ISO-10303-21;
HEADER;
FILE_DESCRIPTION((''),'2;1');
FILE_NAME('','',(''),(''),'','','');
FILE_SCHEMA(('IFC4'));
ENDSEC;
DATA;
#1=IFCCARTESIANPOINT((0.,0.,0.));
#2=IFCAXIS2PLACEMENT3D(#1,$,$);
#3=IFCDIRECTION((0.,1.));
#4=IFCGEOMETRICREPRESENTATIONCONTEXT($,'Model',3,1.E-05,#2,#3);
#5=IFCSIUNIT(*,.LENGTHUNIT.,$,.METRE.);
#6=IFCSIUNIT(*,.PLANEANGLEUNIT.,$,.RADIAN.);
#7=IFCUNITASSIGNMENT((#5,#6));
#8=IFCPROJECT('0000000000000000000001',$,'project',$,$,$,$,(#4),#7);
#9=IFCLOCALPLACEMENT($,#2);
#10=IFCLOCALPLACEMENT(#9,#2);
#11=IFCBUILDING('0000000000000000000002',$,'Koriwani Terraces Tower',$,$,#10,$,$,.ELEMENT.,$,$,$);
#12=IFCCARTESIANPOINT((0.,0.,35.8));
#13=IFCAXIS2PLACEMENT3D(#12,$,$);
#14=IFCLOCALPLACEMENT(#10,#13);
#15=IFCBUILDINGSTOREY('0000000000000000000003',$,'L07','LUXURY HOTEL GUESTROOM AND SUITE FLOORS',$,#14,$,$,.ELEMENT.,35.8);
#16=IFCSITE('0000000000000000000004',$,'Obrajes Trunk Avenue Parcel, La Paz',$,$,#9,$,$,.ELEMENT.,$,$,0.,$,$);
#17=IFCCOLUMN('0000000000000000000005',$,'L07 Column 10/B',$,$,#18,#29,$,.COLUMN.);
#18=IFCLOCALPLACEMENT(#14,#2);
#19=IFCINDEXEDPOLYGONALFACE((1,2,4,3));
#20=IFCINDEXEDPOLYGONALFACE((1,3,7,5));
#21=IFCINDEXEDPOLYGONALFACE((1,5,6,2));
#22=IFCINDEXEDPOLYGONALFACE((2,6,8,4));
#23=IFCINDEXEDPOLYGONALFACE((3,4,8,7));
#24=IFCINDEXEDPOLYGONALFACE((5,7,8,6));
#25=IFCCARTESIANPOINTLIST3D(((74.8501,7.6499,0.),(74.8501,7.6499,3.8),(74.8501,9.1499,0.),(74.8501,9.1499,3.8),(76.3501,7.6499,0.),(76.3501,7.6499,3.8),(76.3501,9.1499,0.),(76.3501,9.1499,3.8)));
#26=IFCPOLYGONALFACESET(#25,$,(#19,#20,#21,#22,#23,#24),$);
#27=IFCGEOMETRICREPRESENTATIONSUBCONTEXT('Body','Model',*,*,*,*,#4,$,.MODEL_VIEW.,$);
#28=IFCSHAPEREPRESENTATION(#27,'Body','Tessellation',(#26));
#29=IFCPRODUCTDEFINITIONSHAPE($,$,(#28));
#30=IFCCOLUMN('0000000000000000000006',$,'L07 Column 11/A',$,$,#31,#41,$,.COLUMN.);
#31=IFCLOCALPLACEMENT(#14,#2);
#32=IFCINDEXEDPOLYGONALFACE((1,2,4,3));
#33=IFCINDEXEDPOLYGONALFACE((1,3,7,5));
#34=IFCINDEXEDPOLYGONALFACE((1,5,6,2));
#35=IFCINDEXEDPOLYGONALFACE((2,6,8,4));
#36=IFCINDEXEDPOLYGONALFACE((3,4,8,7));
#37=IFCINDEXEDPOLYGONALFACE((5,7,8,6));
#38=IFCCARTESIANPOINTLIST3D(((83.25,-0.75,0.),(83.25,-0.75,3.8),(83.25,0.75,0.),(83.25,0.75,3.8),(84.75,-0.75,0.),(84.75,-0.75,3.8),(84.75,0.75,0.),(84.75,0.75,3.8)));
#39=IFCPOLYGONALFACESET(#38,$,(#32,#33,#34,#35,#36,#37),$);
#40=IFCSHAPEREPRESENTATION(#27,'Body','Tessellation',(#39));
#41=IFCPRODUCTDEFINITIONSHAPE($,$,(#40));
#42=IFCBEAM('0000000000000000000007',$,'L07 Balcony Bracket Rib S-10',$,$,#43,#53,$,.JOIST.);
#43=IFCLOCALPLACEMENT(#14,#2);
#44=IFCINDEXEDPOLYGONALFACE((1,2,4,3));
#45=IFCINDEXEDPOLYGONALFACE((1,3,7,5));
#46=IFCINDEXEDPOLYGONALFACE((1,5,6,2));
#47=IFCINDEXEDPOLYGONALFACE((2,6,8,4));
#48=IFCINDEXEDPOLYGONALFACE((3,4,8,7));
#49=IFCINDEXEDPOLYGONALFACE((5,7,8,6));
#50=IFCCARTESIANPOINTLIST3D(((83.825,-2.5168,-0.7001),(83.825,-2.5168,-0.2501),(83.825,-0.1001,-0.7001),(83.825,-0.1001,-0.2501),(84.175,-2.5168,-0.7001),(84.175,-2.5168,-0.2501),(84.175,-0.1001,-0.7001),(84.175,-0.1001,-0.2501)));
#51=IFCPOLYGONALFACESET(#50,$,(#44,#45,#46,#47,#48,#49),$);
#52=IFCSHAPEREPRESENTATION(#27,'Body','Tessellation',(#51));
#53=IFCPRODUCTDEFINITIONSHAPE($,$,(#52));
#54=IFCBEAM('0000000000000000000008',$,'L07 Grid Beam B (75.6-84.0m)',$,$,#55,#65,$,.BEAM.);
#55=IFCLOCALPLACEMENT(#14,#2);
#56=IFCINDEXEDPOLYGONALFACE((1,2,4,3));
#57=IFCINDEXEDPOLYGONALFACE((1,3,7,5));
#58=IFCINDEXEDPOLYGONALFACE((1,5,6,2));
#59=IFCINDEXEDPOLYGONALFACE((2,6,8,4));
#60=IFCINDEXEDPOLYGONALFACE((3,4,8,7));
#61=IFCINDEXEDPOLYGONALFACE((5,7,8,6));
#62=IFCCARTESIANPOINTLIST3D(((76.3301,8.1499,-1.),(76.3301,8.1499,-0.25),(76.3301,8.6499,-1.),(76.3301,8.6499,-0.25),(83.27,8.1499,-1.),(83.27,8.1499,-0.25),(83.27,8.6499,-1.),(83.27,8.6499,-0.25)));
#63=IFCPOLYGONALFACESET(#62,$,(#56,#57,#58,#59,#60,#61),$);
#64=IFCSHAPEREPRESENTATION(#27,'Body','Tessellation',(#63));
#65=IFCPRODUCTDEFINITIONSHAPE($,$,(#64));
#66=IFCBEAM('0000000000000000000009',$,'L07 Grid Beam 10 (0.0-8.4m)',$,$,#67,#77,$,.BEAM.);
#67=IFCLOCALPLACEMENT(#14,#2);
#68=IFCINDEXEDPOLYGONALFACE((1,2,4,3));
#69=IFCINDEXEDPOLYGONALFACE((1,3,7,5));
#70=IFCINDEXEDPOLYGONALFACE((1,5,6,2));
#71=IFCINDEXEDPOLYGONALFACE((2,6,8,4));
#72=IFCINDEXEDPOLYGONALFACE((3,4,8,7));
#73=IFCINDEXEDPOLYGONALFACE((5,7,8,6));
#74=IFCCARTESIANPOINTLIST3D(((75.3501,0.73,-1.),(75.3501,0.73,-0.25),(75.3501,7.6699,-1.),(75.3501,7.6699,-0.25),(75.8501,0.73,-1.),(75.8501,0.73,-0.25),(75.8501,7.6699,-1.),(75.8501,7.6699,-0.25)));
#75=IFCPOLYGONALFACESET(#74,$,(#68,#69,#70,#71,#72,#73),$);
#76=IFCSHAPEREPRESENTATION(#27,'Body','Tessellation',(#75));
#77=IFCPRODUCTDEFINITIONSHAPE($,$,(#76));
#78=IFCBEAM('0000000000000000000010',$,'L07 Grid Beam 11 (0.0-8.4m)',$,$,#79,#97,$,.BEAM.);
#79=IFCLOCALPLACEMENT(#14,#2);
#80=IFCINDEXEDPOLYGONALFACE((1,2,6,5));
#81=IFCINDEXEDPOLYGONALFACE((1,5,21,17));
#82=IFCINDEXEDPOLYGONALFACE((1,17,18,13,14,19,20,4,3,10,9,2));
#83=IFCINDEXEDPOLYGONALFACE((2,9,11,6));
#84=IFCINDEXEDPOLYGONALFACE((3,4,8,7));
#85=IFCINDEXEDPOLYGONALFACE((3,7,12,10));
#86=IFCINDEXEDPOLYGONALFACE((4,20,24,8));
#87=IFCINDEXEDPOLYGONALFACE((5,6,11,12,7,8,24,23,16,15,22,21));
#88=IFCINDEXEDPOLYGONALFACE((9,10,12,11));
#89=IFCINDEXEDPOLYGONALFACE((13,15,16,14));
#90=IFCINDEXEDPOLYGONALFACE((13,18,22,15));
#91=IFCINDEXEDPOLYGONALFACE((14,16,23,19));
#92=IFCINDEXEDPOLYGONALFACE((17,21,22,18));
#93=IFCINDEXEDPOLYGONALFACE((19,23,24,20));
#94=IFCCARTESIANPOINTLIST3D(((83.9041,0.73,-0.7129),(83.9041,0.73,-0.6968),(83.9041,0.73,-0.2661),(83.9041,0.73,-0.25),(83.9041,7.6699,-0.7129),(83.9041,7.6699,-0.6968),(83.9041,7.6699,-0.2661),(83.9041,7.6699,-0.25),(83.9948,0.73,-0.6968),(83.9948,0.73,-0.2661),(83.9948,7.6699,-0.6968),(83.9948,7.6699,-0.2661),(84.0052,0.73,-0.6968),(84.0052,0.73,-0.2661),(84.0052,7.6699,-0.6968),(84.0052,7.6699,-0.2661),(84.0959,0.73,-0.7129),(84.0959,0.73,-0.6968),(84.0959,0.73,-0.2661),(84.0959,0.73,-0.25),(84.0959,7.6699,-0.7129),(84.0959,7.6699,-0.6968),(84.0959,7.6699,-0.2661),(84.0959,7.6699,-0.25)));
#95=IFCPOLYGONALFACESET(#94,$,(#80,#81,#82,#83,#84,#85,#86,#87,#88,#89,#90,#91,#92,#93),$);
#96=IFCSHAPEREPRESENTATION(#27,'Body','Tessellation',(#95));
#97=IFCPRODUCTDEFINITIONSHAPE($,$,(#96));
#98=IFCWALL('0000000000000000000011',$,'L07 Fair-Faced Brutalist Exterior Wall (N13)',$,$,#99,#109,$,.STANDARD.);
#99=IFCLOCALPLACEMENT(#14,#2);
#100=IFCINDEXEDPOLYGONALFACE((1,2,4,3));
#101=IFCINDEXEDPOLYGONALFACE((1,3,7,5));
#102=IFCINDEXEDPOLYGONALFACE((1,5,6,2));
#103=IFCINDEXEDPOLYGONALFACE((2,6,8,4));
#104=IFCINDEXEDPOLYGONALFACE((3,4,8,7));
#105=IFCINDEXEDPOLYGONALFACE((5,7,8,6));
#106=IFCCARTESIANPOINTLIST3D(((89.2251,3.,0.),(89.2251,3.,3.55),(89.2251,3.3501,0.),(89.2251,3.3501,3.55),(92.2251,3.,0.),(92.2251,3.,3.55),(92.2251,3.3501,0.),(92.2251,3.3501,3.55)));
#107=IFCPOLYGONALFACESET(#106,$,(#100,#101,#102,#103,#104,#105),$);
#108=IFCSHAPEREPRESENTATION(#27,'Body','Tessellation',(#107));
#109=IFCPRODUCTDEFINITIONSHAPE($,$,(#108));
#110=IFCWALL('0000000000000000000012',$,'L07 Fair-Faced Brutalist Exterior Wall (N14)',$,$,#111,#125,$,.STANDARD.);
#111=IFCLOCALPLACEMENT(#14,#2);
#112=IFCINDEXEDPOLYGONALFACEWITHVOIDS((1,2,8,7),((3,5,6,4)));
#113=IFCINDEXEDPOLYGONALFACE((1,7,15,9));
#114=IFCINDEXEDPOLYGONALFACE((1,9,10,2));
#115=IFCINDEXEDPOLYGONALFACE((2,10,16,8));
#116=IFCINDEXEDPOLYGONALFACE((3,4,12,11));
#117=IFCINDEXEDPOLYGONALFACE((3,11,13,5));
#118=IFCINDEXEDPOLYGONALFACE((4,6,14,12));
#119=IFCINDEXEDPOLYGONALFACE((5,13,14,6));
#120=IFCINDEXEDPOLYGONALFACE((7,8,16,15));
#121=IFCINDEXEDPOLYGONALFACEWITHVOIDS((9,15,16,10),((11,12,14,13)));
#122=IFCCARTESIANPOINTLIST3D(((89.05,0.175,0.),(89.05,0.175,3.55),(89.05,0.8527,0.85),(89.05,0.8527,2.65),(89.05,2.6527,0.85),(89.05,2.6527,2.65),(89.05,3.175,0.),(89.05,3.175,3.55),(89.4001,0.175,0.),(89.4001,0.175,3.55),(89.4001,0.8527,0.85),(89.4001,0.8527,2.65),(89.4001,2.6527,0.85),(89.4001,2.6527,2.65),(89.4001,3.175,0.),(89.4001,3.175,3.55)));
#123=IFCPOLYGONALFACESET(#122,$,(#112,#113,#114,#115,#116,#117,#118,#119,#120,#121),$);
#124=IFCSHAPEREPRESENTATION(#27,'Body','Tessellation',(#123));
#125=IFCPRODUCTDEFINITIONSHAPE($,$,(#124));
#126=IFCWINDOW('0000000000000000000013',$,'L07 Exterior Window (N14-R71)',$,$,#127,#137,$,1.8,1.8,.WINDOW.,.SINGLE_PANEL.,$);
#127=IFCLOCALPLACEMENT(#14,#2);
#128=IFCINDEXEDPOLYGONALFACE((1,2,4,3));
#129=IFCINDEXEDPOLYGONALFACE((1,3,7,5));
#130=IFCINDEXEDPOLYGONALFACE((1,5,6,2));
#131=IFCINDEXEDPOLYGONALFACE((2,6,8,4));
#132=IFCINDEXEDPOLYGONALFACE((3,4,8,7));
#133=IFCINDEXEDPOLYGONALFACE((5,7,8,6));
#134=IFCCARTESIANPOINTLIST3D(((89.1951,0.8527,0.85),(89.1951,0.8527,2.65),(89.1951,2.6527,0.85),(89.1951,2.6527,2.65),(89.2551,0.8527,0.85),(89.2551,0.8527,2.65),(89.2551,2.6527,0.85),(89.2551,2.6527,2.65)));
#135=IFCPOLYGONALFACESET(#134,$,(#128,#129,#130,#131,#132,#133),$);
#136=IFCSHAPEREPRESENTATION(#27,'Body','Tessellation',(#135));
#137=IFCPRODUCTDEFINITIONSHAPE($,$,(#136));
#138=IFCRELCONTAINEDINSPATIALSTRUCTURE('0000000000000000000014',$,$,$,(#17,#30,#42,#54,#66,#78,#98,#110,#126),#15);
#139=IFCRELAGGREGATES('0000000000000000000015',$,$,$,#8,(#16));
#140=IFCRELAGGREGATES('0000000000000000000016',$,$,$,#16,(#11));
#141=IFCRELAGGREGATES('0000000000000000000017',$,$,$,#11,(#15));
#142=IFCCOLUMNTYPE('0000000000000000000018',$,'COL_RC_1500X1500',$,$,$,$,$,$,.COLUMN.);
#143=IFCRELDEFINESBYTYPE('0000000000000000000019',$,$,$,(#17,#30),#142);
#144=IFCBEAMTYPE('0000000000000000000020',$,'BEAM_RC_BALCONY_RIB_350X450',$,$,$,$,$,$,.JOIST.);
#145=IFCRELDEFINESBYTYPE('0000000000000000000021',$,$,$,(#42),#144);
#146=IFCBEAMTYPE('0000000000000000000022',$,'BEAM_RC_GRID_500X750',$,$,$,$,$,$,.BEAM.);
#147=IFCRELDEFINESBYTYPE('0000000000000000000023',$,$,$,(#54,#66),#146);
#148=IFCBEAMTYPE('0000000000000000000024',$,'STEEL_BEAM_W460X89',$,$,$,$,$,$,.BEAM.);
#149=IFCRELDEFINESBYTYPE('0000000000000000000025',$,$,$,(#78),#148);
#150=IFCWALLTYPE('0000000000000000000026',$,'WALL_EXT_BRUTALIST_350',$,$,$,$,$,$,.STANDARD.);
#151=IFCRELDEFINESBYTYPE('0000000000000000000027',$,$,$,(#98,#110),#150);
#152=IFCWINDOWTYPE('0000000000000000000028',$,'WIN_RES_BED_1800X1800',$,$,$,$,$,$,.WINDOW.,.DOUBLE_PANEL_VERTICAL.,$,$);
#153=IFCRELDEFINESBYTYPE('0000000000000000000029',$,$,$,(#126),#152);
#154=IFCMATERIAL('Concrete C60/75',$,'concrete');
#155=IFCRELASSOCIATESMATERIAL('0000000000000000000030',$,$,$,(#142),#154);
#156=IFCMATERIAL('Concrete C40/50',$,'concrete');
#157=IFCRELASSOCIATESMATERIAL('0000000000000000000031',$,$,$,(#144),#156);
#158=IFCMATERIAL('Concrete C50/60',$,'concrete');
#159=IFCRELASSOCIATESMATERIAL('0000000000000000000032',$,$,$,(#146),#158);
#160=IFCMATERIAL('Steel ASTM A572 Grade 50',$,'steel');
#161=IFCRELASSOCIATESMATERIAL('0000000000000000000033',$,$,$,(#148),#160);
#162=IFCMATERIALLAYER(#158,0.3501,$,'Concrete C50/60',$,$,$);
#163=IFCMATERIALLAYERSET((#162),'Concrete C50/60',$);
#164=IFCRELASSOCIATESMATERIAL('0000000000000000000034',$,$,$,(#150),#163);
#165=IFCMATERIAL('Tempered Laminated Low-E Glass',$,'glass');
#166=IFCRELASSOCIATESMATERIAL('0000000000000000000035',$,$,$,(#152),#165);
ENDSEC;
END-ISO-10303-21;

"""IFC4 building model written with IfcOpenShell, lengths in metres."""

from ifc_helpers import new_model, si_unit, direction, frame, frame_2d, origin, origin_2d, place, context, subcontext, project, spatial, rectangle, i_section, extrude, material, layer, layer_set, material_profile, profile_set, type_object, element, fill, save


model = new_model("IFC4")

# Units and contexts
model_context = context("Model", 3, precision=1e-05, world=origin(), true_north=direction((0.0, 1.0)))
body_context = subcontext(model_context, "Body", "Model", "MODEL_VIEW")
ifc_project = project(units=[si_unit("LENGTHUNIT", "METRE"), si_unit("PLANEANGLEUNIT", "RADIAN")], contexts=[model_context])

# Site, building, storey
site_placement = place(None, origin())
site = spatial("IfcSite", under=ifc_project, at=site_placement, Name="Obrajes Trunk Avenue Parcel, La Paz", CompositionType="ELEMENT", RefElevation=0.0)
building_placement = place(site_placement, origin())
building = spatial("IfcBuilding", under=site, at=building_placement, Name="Koriwani Terraces Tower", CompositionType="ELEMENT")
storey_placement = place(building_placement, frame((0.0, 0.0, 35.8)))
storey = spatial("IfcBuildingStorey", under=building, at=storey_placement, Name="L07", Description="LUXURY HOTEL GUESTROOM AND SUITE FLOORS", CompositionType="ELEMENT", Elevation=35.8)

# Columns
ifc_material_1 = material(Name="Concrete C60/75", Category="concrete")
ifc_material_profile_1 = material_profile(ifc_material_1, rectangle(XDim=1.5, YDim=1.5, at=origin_2d()), Name="Concrete C60/75", Category="LoadBearing")
ifc_profile_set_1 = profile_set([ifc_material_profile_1], Name="Concrete C60/75")
column_type = type_object("IfcColumnType", Name="COL_RC_1500X1500", PredefinedType="COLUMN", material=ifc_profile_set_1)
for number, where, z_axis, x_axis, name in (
    (1, (75.6001, 8.3999, 0.0), (0.0, 0.0, 1.0), (1.0, 0.0, 0.0), "L07 Column 10/B"),
    (2, (84.0, 0.0, 0.0), (0.0, 0.0, 1.0), (1.0, 0.0, 0.0), "L07 Column 11/A"),
):
    element("IfcColumn", number, at=place(storey_placement, frame(where, z_axis=z_axis, x_axis=x_axis)), inside=storey, type_object=column_type, Name=name, PredefinedType="COLUMN", context=body_context, shape_type="SweptSolid", body=[
        extrude(rectangle(XDim=1.5, YDim=1.5, at=origin_2d()), origin(), (0.0, 0.0, 1.0), 3.8),
    ])

# Beams
ifc_material_2 = material(Name="Concrete C40/50", Category="concrete")
ifc_material_profile_2 = material_profile(ifc_material_2, rectangle(XDim=0.3501, YDim=0.45, at=origin_2d()), Name="Concrete C40/50", Category="LoadBearing")
ifc_profile_set_2 = profile_set([ifc_material_profile_2], Name="Concrete C40/50")
beam_type_1 = type_object("IfcBeamType", Name="BEAM_RC_BALCONY_RIB_350X450", PredefinedType="JOIST", material=ifc_profile_set_2)
beam_1_placement = place(storey_placement, frame((84.0, -2.5168, -0.4751), z_axis=(0.0, 1.0, 0.0), x_axis=(-1.0, 0.0, 0.0)))
element("IfcBeam", 3, at=beam_1_placement, inside=storey, type_object=beam_type_1, Name="L07 Balcony Bracket Rib S-10", PredefinedType="JOIST", context=body_context, shape_type="SweptSolid", body=[
    extrude(rectangle(XDim=0.3501, YDim=0.45, at=origin_2d()), origin(), (0.0, 0.0, 1.0), 2.4167),
])
ifc_material_3 = material(Name="Concrete C50/60", Category="concrete")
ifc_material_profile_3 = material_profile(ifc_material_3, rectangle(XDim=0.5, YDim=0.75, at=origin_2d()), Name="Concrete C50/60", Category="LoadBearing")
ifc_profile_set_3 = profile_set([ifc_material_profile_3], Name="Concrete C50/60")
beam_type_2 = type_object("IfcBeamType", Name="BEAM_RC_GRID_500X750", PredefinedType="BEAM", material=ifc_profile_set_3)
for number, where, z_axis, x_axis, name in (
    (4, (76.3301, 8.3999, -0.625), (1.0, 0.0, 0.0), (0.0, 1.0, 0.0), "L07 Grid Beam B (75.6-84.0m)"),
    (5, (75.6001, 0.73, -0.625), (0.0, 1.0, 0.0), (-1.0, 0.0, 0.0), "L07 Grid Beam 10 (0.0-8.4m)"),
):
    element("IfcBeam", number, at=place(storey_placement, frame(where, z_axis=z_axis, x_axis=x_axis)), inside=storey, type_object=beam_type_2, Name=name, PredefinedType="BEAM", context=body_context, shape_type="SweptSolid", body=[
        extrude(rectangle(XDim=0.5, YDim=0.75, at=origin_2d()), origin(), (0.0, 0.0, 1.0), 6.9399),
    ])
ifc_material_4 = material(Name="Steel ASTM A572 Grade 50", Category="steel")
ifc_material_profile_4 = material_profile(ifc_material_4, i_section(OverallWidth=0.1919, OverallDepth=0.4629, WebThickness=0.0105, FlangeThickness=0.0161, at=origin_2d()), Name="Steel ASTM A572 Grade 50", Category="LoadBearing")
ifc_profile_set_4 = profile_set([ifc_material_profile_4], Name="Steel ASTM A572 Grade 50")
beam_type_3 = type_object("IfcBeamType", Name="STEEL_BEAM_W460X89", PredefinedType="BEAM", material=ifc_profile_set_4)
beam_2_placement = place(storey_placement, frame((84.0, 0.73, -0.4814), z_axis=(0.0, 1.0, 0.0), x_axis=(-1.0, 0.0, 0.0)))
element("IfcBeam", 6, at=beam_2_placement, inside=storey, type_object=beam_type_3, Name="L07 Grid Beam 11 (0.0-8.4m)", PredefinedType="BEAM", context=body_context, shape_type="SweptSolid", body=[
    extrude(i_section(OverallWidth=0.1919, OverallDepth=0.4629, WebThickness=0.0105, FlangeThickness=0.0161, at=origin_2d()), origin(), (0.0, 0.0, 1.0), 6.9399),
])

# Wall
ifc_layer_1 = layer(ifc_material_3, 0.3501, Name="Concrete C50/60")
ifc_layer_set_1 = layer_set([ifc_layer_1], Name="Concrete C50/60")
wall_type_1 = type_object("IfcWallType", Name="WALL_EXT_BRUTALIST_350", PredefinedType="STANDARD", material=ifc_layer_set_1)
wall_1_placement = place(storey_placement, frame((92.2251, 3.175, 0.0), z_axis=(0.0, 0.0, 1.0), x_axis=(-1.0, 0.0, 0.0)))
element("IfcWall", 7, at=wall_1_placement, inside=storey, type_object=wall_type_1, Name="L07 Fair-Faced Brutalist Exterior Wall (N13)", PredefinedType="STANDARD", context=body_context, shape_type="SweptSolid", body=[
    extrude(rectangle(XDim=3.0, YDim=0.3501, at=frame_2d((1.5, 0.0))), origin(), (0.0, 0.0, 1.0), 3.55),
])

# Wall, opening, window
wall_2_placement = place(storey_placement, frame((89.2251, 3.175, 0.0), z_axis=(0.0, 0.0, 1.0), x_axis=(0.0, -1.0, 0.0)))
wall_2 = element("IfcWall", 8, at=wall_2_placement, inside=storey, type_object=wall_type_1, Name="L07 Fair-Faced Brutalist Exterior Wall (N14)", PredefinedType="STANDARD", context=body_context, shape_type="SweptSolid", body=[
    extrude(rectangle(XDim=3.0, YDim=0.3501, at=frame_2d((1.5, 0.0))), origin(), (0.0, 0.0, 1.0), 3.55),
])
opening_1_placement = place(wall_2_placement, frame((0.5225, 0.0, 0.8501)))
opening_1 = element("IfcOpeningElement", 9, at=opening_1_placement, cuts=wall_2, PredefinedType="OPENING", context=body_context, shape_type="SweptSolid", body=[
    extrude(rectangle(XDim=1.8, YDim=1.8, at=frame_2d((0.8999, 0.8999))), frame((0.0, 0.1851, 0.0), z_axis=(0.0, -1.0, 0.0), x_axis=(1.0, 0.0, 0.0)), (0.0, 0.0, 1.0), 0.3701),
])
ifc_material_5 = material(Name="Tempered Laminated Low-E Glass", Category="glass")
window_type_1 = type_object("IfcWindowType", Name="WIN_RES_BED_1800X1800", PartitioningType="DOUBLE_PANEL_VERTICAL", PredefinedType="WINDOW", material=ifc_material_5)
window_1_placement = place(opening_1_placement, origin())
window_1 = element("IfcWindow", 10, at=window_1_placement, inside=storey, type_object=window_type_1, Name="L07 Exterior Window (N14-R71)", OverallHeight=1.8, OverallWidth=1.8, PartitioningType="SINGLE_PANEL", PredefinedType="WINDOW", context=body_context, shape_type="SweptSolid", body=[
    extrude(rectangle(XDim=1.8, YDim=1.8, at=frame_2d((0.8999, 0.8999))), frame((0.0, 0.03, 0.0), z_axis=(0.0, -1.0, 0.0), x_axis=(1.0, 0.0, 0.0)), (0.0, 0.0, 1.0), 0.0601),
])
fill(opening_1, window_1)

save(model, "model.ifc")
